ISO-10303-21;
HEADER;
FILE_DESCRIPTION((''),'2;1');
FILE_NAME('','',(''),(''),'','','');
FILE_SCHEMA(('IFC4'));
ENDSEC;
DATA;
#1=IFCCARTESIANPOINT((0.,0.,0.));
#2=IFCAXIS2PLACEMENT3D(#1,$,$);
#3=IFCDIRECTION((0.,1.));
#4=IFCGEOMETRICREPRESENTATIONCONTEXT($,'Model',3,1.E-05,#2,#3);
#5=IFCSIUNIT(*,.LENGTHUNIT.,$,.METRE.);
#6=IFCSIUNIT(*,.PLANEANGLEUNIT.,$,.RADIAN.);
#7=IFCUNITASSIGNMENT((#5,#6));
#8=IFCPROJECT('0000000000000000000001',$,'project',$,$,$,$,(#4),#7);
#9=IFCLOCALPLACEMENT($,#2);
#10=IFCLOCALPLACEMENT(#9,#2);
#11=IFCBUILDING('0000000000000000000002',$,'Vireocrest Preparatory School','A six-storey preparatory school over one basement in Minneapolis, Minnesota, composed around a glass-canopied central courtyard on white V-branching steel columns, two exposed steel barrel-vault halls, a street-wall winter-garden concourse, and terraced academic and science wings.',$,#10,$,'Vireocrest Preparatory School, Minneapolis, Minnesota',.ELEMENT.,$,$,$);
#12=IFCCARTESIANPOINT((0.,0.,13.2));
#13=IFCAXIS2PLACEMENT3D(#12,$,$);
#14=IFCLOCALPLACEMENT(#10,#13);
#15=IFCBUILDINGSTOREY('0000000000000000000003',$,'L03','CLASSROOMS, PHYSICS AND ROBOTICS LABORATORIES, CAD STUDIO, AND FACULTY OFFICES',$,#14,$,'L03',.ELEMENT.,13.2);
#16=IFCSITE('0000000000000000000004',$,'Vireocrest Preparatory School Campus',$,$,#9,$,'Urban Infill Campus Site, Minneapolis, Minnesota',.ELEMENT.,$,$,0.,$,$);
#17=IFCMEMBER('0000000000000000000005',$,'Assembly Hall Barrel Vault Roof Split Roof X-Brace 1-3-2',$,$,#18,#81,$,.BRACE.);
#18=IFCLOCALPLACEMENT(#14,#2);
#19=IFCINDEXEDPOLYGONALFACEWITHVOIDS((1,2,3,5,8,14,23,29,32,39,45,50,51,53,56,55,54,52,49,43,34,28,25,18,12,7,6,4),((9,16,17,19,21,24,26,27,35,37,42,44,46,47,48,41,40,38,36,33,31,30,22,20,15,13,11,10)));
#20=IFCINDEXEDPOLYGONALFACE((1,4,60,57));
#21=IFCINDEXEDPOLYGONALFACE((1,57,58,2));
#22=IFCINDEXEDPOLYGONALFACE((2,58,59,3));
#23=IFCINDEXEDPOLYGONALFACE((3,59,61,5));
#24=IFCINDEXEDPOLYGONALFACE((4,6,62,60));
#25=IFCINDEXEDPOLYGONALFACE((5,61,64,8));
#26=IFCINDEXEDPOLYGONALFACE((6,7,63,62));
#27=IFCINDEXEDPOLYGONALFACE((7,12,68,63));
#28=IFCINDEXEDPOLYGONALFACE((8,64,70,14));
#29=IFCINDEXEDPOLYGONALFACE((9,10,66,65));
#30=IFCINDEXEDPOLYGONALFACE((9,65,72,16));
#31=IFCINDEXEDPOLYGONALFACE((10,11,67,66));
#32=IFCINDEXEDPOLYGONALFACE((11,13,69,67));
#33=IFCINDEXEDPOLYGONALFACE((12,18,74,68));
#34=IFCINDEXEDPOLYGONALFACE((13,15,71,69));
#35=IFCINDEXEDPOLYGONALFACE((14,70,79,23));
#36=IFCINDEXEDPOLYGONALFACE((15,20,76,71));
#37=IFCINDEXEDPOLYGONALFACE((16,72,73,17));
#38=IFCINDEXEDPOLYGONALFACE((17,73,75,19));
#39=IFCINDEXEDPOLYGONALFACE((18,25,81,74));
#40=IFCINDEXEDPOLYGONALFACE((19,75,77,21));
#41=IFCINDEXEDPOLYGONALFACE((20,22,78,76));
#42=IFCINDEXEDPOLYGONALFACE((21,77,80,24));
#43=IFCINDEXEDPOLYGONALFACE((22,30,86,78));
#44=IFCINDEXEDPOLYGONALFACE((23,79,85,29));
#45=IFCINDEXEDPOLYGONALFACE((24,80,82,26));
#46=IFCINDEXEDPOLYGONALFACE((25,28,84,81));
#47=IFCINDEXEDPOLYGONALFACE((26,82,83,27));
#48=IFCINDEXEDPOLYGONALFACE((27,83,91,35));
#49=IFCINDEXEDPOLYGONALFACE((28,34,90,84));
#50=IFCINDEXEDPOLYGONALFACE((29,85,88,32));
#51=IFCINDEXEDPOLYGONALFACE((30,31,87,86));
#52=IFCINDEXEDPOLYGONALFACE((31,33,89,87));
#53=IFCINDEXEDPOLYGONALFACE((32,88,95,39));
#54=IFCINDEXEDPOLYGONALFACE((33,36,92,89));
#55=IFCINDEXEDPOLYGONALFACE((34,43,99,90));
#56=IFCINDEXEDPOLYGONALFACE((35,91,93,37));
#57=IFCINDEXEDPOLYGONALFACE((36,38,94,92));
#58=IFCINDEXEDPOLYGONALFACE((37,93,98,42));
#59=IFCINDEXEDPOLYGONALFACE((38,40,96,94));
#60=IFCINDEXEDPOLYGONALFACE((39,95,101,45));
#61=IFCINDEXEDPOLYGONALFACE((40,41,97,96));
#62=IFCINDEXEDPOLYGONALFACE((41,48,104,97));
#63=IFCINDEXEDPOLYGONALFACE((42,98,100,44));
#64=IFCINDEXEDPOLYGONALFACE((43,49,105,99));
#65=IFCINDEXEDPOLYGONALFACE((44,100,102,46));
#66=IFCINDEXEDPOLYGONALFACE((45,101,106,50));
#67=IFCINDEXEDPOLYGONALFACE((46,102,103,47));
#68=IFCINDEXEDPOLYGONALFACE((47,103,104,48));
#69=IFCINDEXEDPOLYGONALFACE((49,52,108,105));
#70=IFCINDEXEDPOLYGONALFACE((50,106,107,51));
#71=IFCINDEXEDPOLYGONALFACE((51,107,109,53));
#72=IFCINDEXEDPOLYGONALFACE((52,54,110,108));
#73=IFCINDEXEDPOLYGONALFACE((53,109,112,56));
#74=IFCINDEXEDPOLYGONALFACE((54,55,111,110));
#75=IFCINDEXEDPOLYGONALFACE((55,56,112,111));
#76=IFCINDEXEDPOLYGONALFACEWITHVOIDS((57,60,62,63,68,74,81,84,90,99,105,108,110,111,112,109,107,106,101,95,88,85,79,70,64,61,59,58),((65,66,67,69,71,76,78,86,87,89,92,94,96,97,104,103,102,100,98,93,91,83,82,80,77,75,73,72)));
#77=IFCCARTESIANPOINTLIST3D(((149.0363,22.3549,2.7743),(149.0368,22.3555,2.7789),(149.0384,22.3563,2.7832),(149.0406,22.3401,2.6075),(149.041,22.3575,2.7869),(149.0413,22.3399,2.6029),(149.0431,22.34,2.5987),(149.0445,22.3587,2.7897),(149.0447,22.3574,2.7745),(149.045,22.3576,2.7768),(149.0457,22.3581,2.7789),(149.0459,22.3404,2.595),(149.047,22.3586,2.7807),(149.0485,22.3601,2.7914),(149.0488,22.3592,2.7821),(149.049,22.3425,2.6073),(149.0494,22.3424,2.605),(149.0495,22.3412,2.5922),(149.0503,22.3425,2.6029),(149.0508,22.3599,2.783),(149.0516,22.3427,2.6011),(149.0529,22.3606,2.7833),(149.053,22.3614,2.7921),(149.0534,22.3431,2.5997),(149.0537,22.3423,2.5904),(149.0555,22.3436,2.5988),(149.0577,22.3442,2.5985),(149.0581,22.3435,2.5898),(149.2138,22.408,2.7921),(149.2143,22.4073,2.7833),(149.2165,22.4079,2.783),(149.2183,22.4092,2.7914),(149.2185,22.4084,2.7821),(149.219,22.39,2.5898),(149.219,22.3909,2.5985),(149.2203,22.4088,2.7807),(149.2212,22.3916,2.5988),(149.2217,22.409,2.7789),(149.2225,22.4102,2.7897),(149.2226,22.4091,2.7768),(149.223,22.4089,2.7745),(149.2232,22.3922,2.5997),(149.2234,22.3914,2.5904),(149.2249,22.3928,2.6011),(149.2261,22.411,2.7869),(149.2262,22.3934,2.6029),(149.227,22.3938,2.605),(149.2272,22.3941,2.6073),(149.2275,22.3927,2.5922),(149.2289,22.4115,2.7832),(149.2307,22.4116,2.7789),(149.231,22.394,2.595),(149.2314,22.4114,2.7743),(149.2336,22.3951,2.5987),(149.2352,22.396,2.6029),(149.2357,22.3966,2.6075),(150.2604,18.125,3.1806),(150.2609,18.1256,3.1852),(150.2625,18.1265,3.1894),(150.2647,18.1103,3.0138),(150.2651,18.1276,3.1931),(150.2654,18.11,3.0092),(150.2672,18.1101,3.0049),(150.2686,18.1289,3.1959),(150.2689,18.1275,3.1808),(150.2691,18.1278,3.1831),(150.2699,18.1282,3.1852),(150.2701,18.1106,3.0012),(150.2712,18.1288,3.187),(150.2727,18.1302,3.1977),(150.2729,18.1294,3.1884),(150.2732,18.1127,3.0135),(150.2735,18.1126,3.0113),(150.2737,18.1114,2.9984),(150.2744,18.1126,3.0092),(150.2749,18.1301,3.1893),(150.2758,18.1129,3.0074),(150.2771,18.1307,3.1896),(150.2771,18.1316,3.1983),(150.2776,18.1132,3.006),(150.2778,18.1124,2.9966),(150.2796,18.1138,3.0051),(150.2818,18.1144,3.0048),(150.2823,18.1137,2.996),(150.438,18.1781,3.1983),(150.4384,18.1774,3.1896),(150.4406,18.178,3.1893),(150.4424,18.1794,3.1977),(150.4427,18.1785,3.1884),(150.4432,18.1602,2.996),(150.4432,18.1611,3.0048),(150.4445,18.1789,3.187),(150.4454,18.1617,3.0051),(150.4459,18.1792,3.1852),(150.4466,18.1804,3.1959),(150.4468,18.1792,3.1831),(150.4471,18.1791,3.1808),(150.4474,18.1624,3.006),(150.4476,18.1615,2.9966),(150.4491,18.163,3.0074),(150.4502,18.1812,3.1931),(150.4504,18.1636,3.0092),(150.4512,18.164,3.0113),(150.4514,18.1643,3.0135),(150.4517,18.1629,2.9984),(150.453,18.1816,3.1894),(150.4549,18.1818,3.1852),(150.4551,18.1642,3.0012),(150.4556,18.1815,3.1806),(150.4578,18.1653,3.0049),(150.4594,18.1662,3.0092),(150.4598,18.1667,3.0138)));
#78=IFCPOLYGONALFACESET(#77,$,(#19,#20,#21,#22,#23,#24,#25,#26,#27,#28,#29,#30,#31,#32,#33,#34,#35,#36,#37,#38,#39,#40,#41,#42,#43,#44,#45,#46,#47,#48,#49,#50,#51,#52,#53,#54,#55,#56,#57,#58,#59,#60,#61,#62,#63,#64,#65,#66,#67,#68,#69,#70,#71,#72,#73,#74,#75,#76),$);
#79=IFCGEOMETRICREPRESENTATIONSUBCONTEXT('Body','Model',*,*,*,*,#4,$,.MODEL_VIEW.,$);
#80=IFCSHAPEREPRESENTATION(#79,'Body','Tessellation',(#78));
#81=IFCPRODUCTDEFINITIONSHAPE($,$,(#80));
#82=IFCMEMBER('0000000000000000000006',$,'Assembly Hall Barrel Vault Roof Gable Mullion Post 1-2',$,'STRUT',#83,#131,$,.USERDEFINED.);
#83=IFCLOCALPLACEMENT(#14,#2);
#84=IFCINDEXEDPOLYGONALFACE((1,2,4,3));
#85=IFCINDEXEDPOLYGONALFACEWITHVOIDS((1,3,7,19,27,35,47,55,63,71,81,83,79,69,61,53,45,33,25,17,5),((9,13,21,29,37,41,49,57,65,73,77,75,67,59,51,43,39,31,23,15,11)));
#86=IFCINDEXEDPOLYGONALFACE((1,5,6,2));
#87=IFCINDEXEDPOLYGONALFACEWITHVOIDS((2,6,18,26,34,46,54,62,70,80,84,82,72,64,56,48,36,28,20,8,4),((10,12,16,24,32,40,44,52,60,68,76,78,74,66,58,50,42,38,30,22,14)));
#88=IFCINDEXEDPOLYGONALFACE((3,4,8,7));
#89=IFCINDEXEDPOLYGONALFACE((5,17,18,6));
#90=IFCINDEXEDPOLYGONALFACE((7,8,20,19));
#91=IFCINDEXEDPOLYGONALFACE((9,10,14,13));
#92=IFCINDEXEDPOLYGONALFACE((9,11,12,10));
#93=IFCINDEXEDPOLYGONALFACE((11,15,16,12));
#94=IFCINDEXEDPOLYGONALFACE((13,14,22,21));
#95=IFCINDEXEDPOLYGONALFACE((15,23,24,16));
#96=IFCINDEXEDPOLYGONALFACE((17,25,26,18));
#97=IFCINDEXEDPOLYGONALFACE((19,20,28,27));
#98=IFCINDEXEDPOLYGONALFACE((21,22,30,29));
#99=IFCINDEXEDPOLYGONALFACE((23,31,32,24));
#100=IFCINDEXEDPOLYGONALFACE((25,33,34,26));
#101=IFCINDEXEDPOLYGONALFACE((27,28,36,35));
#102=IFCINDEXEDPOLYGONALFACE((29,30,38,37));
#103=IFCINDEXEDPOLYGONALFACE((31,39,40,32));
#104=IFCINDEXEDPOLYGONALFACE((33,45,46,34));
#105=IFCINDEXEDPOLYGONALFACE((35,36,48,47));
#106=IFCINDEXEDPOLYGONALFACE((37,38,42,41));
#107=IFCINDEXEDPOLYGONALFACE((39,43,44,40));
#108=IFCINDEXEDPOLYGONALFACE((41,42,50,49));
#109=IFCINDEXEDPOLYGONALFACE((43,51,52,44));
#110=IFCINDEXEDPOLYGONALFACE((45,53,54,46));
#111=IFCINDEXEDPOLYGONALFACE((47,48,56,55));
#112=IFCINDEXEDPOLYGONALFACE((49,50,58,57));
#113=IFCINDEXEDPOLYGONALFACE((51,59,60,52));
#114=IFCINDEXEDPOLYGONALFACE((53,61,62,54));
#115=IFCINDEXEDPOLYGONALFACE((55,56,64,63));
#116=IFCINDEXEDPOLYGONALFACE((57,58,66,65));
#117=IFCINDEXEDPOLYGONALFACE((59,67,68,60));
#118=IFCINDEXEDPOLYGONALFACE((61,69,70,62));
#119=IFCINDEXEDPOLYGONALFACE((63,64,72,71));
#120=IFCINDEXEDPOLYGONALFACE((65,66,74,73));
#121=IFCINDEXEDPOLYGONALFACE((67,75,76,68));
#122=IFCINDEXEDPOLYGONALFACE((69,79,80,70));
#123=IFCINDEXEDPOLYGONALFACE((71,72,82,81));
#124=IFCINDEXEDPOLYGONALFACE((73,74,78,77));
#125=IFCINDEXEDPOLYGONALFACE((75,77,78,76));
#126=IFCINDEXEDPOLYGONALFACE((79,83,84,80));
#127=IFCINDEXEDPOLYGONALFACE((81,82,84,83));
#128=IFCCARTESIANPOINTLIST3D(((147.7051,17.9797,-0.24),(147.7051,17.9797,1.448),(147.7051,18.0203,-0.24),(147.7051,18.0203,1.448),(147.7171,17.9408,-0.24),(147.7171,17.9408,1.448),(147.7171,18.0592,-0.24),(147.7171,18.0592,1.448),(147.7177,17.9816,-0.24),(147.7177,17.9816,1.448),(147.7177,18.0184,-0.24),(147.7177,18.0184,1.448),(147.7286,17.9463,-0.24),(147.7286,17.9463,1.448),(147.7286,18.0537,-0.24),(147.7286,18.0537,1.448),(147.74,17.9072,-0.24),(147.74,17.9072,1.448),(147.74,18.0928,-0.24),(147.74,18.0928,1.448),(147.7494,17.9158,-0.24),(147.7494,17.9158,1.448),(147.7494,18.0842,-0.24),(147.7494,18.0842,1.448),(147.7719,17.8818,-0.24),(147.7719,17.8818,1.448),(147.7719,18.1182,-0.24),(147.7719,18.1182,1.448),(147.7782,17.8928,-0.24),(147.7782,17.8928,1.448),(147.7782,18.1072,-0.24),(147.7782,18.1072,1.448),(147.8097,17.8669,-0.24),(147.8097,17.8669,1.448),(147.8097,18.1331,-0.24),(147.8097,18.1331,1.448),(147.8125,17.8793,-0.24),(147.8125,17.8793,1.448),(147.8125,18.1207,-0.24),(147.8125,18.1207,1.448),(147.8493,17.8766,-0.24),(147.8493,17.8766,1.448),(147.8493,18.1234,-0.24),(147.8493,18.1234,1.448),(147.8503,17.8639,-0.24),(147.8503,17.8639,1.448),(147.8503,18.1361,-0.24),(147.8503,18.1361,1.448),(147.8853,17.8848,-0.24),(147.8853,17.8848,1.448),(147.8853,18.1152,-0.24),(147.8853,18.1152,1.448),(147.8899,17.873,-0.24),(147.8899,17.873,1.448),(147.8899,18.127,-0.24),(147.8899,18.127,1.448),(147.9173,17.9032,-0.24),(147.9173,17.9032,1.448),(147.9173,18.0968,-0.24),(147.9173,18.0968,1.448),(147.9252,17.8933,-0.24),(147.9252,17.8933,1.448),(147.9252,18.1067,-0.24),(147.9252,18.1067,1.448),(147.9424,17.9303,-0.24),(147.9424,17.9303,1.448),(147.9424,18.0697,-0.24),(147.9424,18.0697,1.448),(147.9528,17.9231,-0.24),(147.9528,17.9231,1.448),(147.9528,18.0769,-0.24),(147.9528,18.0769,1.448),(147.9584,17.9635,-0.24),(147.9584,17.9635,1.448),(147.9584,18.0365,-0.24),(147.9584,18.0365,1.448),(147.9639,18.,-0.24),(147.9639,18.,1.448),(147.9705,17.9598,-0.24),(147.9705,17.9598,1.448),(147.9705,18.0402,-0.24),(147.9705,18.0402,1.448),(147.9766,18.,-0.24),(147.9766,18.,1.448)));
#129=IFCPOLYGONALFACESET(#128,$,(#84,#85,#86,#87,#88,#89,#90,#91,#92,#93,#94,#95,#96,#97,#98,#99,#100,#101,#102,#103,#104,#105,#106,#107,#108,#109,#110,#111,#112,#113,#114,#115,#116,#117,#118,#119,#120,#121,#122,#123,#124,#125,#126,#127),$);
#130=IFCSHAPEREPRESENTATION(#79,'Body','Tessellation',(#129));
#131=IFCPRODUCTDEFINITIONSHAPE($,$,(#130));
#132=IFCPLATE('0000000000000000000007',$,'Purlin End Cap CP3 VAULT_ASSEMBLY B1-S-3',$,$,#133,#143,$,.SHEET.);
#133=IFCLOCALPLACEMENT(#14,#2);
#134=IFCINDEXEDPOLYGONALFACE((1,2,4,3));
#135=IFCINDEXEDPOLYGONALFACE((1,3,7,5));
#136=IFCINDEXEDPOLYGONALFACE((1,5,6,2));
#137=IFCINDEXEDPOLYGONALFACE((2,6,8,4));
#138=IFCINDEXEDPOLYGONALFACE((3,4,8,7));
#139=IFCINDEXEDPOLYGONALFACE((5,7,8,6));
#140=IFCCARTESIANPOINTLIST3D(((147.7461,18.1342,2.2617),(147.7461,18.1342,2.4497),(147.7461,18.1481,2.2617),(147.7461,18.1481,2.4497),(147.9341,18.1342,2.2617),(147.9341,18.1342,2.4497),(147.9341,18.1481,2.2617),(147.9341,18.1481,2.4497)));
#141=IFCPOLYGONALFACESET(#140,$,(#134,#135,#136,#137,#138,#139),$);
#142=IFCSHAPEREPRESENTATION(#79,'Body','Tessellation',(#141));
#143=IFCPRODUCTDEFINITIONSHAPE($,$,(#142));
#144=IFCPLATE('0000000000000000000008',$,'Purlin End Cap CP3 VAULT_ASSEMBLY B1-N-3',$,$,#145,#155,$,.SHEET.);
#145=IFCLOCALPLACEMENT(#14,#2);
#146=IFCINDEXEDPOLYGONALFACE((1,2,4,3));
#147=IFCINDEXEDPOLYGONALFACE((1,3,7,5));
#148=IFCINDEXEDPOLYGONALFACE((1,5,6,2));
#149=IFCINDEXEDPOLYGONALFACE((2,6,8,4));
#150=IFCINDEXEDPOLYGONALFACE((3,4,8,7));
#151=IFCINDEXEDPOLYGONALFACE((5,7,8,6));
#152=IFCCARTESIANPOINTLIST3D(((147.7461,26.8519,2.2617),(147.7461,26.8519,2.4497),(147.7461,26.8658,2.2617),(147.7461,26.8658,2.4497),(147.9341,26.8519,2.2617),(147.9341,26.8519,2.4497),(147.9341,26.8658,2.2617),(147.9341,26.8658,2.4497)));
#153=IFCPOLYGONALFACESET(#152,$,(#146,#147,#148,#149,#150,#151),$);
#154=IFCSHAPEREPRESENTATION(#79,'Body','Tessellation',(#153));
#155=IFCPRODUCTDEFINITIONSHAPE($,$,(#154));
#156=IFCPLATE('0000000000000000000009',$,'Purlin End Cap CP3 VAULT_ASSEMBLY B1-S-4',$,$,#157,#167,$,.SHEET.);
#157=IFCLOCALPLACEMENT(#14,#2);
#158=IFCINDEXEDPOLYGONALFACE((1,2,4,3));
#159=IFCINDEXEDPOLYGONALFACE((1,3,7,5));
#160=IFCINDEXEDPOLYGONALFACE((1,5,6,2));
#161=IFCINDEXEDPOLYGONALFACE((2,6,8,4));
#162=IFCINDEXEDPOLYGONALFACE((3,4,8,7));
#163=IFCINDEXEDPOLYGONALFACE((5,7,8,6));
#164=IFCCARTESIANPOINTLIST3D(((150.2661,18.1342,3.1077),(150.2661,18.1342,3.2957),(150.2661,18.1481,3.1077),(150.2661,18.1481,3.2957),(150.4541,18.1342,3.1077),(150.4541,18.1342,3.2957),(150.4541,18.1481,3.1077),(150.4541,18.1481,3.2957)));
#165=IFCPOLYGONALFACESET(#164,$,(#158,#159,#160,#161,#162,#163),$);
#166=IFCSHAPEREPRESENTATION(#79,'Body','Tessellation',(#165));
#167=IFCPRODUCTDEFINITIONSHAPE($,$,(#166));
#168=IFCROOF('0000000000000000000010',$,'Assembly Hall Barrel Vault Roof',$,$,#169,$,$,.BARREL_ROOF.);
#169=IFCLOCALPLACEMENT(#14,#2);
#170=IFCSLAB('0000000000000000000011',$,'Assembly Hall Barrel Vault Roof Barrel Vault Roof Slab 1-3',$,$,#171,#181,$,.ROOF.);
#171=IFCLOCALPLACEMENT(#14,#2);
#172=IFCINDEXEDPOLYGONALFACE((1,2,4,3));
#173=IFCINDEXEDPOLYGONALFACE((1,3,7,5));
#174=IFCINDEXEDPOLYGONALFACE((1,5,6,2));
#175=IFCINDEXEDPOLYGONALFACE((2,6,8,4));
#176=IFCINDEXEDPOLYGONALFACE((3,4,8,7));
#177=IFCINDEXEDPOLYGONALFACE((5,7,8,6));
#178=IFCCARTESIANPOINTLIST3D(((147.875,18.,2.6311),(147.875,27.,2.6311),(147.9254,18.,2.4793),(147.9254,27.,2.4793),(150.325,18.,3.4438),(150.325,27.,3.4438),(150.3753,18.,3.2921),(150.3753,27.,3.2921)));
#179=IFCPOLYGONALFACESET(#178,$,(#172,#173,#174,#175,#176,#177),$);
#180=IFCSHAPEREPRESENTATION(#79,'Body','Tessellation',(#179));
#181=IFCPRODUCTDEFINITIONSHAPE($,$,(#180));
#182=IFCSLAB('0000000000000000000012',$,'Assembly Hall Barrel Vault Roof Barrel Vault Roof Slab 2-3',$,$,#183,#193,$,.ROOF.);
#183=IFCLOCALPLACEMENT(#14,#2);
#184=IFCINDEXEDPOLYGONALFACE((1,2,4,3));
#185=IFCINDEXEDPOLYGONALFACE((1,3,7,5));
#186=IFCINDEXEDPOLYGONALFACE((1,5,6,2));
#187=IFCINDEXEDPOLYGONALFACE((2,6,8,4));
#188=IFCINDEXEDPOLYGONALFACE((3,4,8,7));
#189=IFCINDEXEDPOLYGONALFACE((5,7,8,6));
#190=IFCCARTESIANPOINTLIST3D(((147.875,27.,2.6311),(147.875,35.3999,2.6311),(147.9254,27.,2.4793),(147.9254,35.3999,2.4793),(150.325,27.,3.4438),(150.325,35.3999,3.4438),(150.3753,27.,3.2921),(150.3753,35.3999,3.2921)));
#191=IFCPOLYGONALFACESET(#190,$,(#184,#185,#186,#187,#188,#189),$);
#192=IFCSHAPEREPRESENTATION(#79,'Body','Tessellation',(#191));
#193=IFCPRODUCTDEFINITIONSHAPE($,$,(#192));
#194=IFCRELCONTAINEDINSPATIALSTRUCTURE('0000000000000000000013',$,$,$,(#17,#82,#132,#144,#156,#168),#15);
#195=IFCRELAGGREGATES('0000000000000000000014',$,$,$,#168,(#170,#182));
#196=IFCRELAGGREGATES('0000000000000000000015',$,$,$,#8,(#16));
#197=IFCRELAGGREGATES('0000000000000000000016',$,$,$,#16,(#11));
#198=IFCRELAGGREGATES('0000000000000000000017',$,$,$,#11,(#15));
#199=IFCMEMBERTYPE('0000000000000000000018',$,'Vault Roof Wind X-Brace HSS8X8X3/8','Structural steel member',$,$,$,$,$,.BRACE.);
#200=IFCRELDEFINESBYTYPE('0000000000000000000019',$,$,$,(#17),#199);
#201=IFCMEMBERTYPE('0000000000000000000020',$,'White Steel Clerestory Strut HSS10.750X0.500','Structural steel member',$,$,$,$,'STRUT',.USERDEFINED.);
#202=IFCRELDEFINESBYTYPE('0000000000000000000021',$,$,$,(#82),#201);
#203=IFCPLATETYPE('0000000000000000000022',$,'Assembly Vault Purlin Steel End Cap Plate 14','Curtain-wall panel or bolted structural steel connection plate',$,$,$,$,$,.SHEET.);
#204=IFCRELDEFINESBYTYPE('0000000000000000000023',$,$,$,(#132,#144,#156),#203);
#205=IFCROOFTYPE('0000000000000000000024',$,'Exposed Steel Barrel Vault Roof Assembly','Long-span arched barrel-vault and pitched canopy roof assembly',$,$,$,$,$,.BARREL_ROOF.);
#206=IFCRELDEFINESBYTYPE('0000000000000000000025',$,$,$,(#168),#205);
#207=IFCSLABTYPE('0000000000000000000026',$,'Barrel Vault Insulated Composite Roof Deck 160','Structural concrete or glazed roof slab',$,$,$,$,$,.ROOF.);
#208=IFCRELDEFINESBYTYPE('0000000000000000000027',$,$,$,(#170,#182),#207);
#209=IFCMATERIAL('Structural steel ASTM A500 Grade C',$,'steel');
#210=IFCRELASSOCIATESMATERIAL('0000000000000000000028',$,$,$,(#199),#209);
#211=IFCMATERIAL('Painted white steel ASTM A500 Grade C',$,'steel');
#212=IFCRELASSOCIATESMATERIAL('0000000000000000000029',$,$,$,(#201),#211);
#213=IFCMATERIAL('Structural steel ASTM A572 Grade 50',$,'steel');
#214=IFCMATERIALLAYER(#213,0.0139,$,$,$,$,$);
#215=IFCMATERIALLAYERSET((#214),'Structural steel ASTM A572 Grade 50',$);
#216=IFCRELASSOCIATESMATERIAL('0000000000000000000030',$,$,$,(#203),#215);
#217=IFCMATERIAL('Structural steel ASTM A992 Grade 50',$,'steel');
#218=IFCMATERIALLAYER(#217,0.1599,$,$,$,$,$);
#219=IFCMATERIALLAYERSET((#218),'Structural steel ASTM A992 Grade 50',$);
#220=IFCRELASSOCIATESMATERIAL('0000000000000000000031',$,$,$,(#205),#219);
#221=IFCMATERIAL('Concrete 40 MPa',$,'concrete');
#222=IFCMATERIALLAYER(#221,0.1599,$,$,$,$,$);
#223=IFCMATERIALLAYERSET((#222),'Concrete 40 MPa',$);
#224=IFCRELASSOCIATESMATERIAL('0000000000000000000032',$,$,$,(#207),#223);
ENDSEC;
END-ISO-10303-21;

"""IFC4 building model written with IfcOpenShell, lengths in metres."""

from ifc_helpers import new_model, si_unit, direction, frame, origin, origin_2d, place, context, subcontext, project, spatial, polyline, rectangle, hollow_rectangle, hollow_circle, outline, extrude, material, layer, layer_set, material_profile, profile_set, type_object, element, aggregate, save


model = new_model("IFC4")

# Units and contexts
model_context = context("Model", 3, precision=1e-05, world=origin(), true_north=direction((0.0, 1.0)))
body_context = subcontext(model_context, "Body", "Model", "MODEL_VIEW")
ifc_project = project(units=[si_unit("LENGTHUNIT", "METRE"), si_unit("PLANEANGLEUNIT", "RADIAN")], contexts=[model_context])

# Site, building, storey
site_placement = place(None, origin())
site = spatial("IfcSite", under=ifc_project, at=site_placement, Name="Vireocrest Preparatory School Campus", LongName="Urban Infill Campus Site, Minneapolis, Minnesota", CompositionType="ELEMENT", RefElevation=0.0)
building_placement = place(site_placement, origin())
building = spatial("IfcBuilding", under=site, at=building_placement, Name="Vireocrest Preparatory School", Description="A six-storey preparatory school over one basement in Minneapolis, Minnesota, composed around a glass-canopied central courtyard on white V-branching steel columns, two exposed steel barrel-vault halls, a street-wall winter-garden concourse, and terraced academic and science wings.", LongName="Vireocrest Preparatory School, Minneapolis, Minnesota", CompositionType="ELEMENT")
storey_placement = place(building_placement, frame((0.0, 0.0, 13.2)))
storey = spatial("IfcBuildingStorey", under=building, at=storey_placement, Name="L03", Description="CLASSROOMS, PHYSICS AND ROBOTICS LABORATORIES, CAD STUDIO, AND FACULTY OFFICES", LongName="L03", CompositionType="ELEMENT", Elevation=13.2)

# Shared definitions
ifc_material_1 = material(Name="Structural steel ASTM A992 Grade 50", Category="steel")

# Shared definitions
ifc_material_2 = material(Name="Structural steel ASTM A500 Grade C", Category="steel")

# Members
ifc_material_profile_1 = material_profile(ifc_material_2, hollow_rectangle(XDim=0.2031, YDim=0.2031, WallThickness=0.0088, InnerFilletRadius=0.0088, OuterFilletRadius=0.0178, at=origin_2d()), Name="HSS8X8X3/8")
ifc_profile_set_1 = profile_set([ifc_material_profile_1], Name="Structural steel ASTM A500 Grade C")
member_type_1 = type_object("IfcMemberType", Name="Vault Roof Wind X-Brace HSS8X8X3/8", Description="Structural steel member", PredefinedType="BRACE", material=ifc_profile_set_1)
member_1_placement = place(storey_placement, frame((149.136, 22.3757, 2.6909), z_axis=(0.276825, -0.956519, 0.09187), x_axis=(0.960581, 0.278, 0.0)))
element("IfcMember", 1, at=member_1_placement, inside=storey, type_object=member_type_1, Name="Assembly Hall Barrel Vault Roof Split Roof X-Brace 1-3-2", PredefinedType="BRACE", context=body_context, shape_type="SweptSolid", body=[
    extrude(hollow_rectangle(XDim=0.2031, YDim=0.2031, WallThickness=0.0088, InnerFilletRadius=0.0088, OuterFilletRadius=0.0178, at=origin_2d()), origin(), (0.0, 0.0, 1.0), 4.4221),
])
ifc_material_3 = material(Name="Painted white steel ASTM A500 Grade C", Category="steel")
ifc_material_profile_2 = material_profile(ifc_material_3, hollow_circle(Radius=0.1365, WallThickness=0.0127, at=origin_2d()), Name="HSS10.750X0.500")
ifc_profile_set_2 = profile_set([ifc_material_profile_2], Name="Painted white steel ASTM A500 Grade C")
member_type_2 = type_object("IfcMemberType", Name="White Steel Clerestory Strut HSS10.750X0.500", Description="Structural steel member", ElementType="STRUT", PredefinedType="USERDEFINED", material=ifc_profile_set_2)
member_2_placement = place(storey_placement, frame((147.8401, 18.0, -0.24), z_axis=(0.0, 0.0, 1.0), x_axis=(1.0, 0.0, 0.0)))
element("IfcMember", 2, at=member_2_placement, inside=storey, type_object=member_type_2, Name="Assembly Hall Barrel Vault Roof Gable Mullion Post 1-2", ObjectType="STRUT", PredefinedType="USERDEFINED", context=body_context, shape_type="SweptSolid", body=[
    extrude(hollow_circle(Radius=0.1365, WallThickness=0.0127, at=origin_2d()), origin(), (0.0, 0.0, 1.0), 1.688),
])

# Plates
ifc_material_4 = material(Name="Structural steel ASTM A572 Grade 50", Category="steel")
ifc_layer_1 = layer(ifc_material_4, 0.0139)
ifc_layer_set_1 = layer_set([ifc_layer_1], Name="Structural steel ASTM A572 Grade 50")
plate_type_1 = type_object("IfcPlateType", Name="Assembly Vault Purlin Steel End Cap Plate 14", Description="Curtain-wall panel or bolted structural steel connection plate", PredefinedType="SHEET", material=ifc_layer_set_1)
for number, where, z_axis, x_axis, name in (
    (3, (147.8401, 18.1411, 2.2617), (0.0, 0.0, 1.0), (1.0, 0.0, 0.0), "Purlin End Cap CP3 VAULT_ASSEMBLY B1-S-3"),
    (4, (147.8401, 26.8589, 2.2617), (0.0, 0.0, 1.0), (1.0, 0.0, 0.0), "Purlin End Cap CP3 VAULT_ASSEMBLY B1-N-3"),
    (5, (150.3601, 18.1411, 3.1077), (0.0, 0.0, 1.0), (1.0, 0.0, 0.0), "Purlin End Cap CP3 VAULT_ASSEMBLY B1-S-4"),
):
    element("IfcPlate", number, at=place(storey_placement, frame(where, z_axis=z_axis, x_axis=x_axis)), inside=storey, type_object=plate_type_1, Name=name, PredefinedType="SHEET", context=body_context, shape_type="SweptSolid", body=[
        extrude(rectangle(XDim=0.188, YDim=0.0139, at=origin_2d()), origin(), (0.0, 0.0, 1.0), 0.188),
    ])

# Roof, slabs
ifc_layer_2 = layer(ifc_material_1, 0.1599)
ifc_layer_set_2 = layer_set([ifc_layer_2], Name="Structural steel ASTM A992 Grade 50")
roof_type = type_object("IfcRoofType", Name="Exposed Steel Barrel Vault Roof Assembly", Description="Long-span arched barrel-vault and pitched canopy roof assembly", PredefinedType="BARREL_ROOF", material=ifc_layer_set_2)
roof_placement = place(storey_placement, origin())
roof = element("IfcRoof", 6, at=roof_placement, inside=storey, type_object=roof_type, Name="Assembly Hall Barrel Vault Roof", PredefinedType="BARREL_ROOF")
ifc_material_5 = material(Name="Concrete 40 MPa", Category="concrete")
ifc_layer_3 = layer(ifc_material_5, 0.1599)
ifc_layer_set_3 = layer_set([ifc_layer_3], Name="Concrete 40 MPa")
slab_type = type_object("IfcSlabType", Name="Barrel Vault Insulated Composite Roof Deck 160", Description="Structural concrete or glazed roof slab", PredefinedType="ROOF", material=ifc_layer_set_3)
slab_1_placement = place(storey_placement, frame((147.875, 18.0, 2.6311), z_axis=(-0.314865, 0.0, 0.949136), x_axis=(0.949136, 0.0, 0.314865)))
slab_1 = element("IfcSlab", 7, at=slab_1_placement, type_object=slab_type, Name="Assembly Hall Barrel Vault Roof Barrel Vault Roof Slab 1-3", PredefinedType="ROOF", context=body_context, shape_type="SweptSolid", body=[
    extrude(outline(polyline([(0.0, 0.0), (2.5812, 0.0), (2.5812, 9.0), (0.0, 9.0), (0.0, 0.0)])), origin(), (0.0, 0.0, -1.0), 0.1599),
])
slab_2_placement = place(storey_placement, frame((147.875, 27.0, 2.6311), z_axis=(-0.314865, 0.0, 0.949136), x_axis=(0.949136, 0.0, 0.314865)))
slab_2 = element("IfcSlab", 8, at=slab_2_placement, type_object=slab_type, Name="Assembly Hall Barrel Vault Roof Barrel Vault Roof Slab 2-3", PredefinedType="ROOF", context=body_context, shape_type="SweptSolid", body=[
    extrude(outline(polyline([(0.0, 0.0), (2.5812, 0.0), (2.5812, 8.3999), (0.0, 8.3999), (0.0, 0.0)])), origin(), (0.0, 0.0, -1.0), 0.1599),
])
aggregate(roof, [slab_1, slab_2])

save(model, "model.ifc")
